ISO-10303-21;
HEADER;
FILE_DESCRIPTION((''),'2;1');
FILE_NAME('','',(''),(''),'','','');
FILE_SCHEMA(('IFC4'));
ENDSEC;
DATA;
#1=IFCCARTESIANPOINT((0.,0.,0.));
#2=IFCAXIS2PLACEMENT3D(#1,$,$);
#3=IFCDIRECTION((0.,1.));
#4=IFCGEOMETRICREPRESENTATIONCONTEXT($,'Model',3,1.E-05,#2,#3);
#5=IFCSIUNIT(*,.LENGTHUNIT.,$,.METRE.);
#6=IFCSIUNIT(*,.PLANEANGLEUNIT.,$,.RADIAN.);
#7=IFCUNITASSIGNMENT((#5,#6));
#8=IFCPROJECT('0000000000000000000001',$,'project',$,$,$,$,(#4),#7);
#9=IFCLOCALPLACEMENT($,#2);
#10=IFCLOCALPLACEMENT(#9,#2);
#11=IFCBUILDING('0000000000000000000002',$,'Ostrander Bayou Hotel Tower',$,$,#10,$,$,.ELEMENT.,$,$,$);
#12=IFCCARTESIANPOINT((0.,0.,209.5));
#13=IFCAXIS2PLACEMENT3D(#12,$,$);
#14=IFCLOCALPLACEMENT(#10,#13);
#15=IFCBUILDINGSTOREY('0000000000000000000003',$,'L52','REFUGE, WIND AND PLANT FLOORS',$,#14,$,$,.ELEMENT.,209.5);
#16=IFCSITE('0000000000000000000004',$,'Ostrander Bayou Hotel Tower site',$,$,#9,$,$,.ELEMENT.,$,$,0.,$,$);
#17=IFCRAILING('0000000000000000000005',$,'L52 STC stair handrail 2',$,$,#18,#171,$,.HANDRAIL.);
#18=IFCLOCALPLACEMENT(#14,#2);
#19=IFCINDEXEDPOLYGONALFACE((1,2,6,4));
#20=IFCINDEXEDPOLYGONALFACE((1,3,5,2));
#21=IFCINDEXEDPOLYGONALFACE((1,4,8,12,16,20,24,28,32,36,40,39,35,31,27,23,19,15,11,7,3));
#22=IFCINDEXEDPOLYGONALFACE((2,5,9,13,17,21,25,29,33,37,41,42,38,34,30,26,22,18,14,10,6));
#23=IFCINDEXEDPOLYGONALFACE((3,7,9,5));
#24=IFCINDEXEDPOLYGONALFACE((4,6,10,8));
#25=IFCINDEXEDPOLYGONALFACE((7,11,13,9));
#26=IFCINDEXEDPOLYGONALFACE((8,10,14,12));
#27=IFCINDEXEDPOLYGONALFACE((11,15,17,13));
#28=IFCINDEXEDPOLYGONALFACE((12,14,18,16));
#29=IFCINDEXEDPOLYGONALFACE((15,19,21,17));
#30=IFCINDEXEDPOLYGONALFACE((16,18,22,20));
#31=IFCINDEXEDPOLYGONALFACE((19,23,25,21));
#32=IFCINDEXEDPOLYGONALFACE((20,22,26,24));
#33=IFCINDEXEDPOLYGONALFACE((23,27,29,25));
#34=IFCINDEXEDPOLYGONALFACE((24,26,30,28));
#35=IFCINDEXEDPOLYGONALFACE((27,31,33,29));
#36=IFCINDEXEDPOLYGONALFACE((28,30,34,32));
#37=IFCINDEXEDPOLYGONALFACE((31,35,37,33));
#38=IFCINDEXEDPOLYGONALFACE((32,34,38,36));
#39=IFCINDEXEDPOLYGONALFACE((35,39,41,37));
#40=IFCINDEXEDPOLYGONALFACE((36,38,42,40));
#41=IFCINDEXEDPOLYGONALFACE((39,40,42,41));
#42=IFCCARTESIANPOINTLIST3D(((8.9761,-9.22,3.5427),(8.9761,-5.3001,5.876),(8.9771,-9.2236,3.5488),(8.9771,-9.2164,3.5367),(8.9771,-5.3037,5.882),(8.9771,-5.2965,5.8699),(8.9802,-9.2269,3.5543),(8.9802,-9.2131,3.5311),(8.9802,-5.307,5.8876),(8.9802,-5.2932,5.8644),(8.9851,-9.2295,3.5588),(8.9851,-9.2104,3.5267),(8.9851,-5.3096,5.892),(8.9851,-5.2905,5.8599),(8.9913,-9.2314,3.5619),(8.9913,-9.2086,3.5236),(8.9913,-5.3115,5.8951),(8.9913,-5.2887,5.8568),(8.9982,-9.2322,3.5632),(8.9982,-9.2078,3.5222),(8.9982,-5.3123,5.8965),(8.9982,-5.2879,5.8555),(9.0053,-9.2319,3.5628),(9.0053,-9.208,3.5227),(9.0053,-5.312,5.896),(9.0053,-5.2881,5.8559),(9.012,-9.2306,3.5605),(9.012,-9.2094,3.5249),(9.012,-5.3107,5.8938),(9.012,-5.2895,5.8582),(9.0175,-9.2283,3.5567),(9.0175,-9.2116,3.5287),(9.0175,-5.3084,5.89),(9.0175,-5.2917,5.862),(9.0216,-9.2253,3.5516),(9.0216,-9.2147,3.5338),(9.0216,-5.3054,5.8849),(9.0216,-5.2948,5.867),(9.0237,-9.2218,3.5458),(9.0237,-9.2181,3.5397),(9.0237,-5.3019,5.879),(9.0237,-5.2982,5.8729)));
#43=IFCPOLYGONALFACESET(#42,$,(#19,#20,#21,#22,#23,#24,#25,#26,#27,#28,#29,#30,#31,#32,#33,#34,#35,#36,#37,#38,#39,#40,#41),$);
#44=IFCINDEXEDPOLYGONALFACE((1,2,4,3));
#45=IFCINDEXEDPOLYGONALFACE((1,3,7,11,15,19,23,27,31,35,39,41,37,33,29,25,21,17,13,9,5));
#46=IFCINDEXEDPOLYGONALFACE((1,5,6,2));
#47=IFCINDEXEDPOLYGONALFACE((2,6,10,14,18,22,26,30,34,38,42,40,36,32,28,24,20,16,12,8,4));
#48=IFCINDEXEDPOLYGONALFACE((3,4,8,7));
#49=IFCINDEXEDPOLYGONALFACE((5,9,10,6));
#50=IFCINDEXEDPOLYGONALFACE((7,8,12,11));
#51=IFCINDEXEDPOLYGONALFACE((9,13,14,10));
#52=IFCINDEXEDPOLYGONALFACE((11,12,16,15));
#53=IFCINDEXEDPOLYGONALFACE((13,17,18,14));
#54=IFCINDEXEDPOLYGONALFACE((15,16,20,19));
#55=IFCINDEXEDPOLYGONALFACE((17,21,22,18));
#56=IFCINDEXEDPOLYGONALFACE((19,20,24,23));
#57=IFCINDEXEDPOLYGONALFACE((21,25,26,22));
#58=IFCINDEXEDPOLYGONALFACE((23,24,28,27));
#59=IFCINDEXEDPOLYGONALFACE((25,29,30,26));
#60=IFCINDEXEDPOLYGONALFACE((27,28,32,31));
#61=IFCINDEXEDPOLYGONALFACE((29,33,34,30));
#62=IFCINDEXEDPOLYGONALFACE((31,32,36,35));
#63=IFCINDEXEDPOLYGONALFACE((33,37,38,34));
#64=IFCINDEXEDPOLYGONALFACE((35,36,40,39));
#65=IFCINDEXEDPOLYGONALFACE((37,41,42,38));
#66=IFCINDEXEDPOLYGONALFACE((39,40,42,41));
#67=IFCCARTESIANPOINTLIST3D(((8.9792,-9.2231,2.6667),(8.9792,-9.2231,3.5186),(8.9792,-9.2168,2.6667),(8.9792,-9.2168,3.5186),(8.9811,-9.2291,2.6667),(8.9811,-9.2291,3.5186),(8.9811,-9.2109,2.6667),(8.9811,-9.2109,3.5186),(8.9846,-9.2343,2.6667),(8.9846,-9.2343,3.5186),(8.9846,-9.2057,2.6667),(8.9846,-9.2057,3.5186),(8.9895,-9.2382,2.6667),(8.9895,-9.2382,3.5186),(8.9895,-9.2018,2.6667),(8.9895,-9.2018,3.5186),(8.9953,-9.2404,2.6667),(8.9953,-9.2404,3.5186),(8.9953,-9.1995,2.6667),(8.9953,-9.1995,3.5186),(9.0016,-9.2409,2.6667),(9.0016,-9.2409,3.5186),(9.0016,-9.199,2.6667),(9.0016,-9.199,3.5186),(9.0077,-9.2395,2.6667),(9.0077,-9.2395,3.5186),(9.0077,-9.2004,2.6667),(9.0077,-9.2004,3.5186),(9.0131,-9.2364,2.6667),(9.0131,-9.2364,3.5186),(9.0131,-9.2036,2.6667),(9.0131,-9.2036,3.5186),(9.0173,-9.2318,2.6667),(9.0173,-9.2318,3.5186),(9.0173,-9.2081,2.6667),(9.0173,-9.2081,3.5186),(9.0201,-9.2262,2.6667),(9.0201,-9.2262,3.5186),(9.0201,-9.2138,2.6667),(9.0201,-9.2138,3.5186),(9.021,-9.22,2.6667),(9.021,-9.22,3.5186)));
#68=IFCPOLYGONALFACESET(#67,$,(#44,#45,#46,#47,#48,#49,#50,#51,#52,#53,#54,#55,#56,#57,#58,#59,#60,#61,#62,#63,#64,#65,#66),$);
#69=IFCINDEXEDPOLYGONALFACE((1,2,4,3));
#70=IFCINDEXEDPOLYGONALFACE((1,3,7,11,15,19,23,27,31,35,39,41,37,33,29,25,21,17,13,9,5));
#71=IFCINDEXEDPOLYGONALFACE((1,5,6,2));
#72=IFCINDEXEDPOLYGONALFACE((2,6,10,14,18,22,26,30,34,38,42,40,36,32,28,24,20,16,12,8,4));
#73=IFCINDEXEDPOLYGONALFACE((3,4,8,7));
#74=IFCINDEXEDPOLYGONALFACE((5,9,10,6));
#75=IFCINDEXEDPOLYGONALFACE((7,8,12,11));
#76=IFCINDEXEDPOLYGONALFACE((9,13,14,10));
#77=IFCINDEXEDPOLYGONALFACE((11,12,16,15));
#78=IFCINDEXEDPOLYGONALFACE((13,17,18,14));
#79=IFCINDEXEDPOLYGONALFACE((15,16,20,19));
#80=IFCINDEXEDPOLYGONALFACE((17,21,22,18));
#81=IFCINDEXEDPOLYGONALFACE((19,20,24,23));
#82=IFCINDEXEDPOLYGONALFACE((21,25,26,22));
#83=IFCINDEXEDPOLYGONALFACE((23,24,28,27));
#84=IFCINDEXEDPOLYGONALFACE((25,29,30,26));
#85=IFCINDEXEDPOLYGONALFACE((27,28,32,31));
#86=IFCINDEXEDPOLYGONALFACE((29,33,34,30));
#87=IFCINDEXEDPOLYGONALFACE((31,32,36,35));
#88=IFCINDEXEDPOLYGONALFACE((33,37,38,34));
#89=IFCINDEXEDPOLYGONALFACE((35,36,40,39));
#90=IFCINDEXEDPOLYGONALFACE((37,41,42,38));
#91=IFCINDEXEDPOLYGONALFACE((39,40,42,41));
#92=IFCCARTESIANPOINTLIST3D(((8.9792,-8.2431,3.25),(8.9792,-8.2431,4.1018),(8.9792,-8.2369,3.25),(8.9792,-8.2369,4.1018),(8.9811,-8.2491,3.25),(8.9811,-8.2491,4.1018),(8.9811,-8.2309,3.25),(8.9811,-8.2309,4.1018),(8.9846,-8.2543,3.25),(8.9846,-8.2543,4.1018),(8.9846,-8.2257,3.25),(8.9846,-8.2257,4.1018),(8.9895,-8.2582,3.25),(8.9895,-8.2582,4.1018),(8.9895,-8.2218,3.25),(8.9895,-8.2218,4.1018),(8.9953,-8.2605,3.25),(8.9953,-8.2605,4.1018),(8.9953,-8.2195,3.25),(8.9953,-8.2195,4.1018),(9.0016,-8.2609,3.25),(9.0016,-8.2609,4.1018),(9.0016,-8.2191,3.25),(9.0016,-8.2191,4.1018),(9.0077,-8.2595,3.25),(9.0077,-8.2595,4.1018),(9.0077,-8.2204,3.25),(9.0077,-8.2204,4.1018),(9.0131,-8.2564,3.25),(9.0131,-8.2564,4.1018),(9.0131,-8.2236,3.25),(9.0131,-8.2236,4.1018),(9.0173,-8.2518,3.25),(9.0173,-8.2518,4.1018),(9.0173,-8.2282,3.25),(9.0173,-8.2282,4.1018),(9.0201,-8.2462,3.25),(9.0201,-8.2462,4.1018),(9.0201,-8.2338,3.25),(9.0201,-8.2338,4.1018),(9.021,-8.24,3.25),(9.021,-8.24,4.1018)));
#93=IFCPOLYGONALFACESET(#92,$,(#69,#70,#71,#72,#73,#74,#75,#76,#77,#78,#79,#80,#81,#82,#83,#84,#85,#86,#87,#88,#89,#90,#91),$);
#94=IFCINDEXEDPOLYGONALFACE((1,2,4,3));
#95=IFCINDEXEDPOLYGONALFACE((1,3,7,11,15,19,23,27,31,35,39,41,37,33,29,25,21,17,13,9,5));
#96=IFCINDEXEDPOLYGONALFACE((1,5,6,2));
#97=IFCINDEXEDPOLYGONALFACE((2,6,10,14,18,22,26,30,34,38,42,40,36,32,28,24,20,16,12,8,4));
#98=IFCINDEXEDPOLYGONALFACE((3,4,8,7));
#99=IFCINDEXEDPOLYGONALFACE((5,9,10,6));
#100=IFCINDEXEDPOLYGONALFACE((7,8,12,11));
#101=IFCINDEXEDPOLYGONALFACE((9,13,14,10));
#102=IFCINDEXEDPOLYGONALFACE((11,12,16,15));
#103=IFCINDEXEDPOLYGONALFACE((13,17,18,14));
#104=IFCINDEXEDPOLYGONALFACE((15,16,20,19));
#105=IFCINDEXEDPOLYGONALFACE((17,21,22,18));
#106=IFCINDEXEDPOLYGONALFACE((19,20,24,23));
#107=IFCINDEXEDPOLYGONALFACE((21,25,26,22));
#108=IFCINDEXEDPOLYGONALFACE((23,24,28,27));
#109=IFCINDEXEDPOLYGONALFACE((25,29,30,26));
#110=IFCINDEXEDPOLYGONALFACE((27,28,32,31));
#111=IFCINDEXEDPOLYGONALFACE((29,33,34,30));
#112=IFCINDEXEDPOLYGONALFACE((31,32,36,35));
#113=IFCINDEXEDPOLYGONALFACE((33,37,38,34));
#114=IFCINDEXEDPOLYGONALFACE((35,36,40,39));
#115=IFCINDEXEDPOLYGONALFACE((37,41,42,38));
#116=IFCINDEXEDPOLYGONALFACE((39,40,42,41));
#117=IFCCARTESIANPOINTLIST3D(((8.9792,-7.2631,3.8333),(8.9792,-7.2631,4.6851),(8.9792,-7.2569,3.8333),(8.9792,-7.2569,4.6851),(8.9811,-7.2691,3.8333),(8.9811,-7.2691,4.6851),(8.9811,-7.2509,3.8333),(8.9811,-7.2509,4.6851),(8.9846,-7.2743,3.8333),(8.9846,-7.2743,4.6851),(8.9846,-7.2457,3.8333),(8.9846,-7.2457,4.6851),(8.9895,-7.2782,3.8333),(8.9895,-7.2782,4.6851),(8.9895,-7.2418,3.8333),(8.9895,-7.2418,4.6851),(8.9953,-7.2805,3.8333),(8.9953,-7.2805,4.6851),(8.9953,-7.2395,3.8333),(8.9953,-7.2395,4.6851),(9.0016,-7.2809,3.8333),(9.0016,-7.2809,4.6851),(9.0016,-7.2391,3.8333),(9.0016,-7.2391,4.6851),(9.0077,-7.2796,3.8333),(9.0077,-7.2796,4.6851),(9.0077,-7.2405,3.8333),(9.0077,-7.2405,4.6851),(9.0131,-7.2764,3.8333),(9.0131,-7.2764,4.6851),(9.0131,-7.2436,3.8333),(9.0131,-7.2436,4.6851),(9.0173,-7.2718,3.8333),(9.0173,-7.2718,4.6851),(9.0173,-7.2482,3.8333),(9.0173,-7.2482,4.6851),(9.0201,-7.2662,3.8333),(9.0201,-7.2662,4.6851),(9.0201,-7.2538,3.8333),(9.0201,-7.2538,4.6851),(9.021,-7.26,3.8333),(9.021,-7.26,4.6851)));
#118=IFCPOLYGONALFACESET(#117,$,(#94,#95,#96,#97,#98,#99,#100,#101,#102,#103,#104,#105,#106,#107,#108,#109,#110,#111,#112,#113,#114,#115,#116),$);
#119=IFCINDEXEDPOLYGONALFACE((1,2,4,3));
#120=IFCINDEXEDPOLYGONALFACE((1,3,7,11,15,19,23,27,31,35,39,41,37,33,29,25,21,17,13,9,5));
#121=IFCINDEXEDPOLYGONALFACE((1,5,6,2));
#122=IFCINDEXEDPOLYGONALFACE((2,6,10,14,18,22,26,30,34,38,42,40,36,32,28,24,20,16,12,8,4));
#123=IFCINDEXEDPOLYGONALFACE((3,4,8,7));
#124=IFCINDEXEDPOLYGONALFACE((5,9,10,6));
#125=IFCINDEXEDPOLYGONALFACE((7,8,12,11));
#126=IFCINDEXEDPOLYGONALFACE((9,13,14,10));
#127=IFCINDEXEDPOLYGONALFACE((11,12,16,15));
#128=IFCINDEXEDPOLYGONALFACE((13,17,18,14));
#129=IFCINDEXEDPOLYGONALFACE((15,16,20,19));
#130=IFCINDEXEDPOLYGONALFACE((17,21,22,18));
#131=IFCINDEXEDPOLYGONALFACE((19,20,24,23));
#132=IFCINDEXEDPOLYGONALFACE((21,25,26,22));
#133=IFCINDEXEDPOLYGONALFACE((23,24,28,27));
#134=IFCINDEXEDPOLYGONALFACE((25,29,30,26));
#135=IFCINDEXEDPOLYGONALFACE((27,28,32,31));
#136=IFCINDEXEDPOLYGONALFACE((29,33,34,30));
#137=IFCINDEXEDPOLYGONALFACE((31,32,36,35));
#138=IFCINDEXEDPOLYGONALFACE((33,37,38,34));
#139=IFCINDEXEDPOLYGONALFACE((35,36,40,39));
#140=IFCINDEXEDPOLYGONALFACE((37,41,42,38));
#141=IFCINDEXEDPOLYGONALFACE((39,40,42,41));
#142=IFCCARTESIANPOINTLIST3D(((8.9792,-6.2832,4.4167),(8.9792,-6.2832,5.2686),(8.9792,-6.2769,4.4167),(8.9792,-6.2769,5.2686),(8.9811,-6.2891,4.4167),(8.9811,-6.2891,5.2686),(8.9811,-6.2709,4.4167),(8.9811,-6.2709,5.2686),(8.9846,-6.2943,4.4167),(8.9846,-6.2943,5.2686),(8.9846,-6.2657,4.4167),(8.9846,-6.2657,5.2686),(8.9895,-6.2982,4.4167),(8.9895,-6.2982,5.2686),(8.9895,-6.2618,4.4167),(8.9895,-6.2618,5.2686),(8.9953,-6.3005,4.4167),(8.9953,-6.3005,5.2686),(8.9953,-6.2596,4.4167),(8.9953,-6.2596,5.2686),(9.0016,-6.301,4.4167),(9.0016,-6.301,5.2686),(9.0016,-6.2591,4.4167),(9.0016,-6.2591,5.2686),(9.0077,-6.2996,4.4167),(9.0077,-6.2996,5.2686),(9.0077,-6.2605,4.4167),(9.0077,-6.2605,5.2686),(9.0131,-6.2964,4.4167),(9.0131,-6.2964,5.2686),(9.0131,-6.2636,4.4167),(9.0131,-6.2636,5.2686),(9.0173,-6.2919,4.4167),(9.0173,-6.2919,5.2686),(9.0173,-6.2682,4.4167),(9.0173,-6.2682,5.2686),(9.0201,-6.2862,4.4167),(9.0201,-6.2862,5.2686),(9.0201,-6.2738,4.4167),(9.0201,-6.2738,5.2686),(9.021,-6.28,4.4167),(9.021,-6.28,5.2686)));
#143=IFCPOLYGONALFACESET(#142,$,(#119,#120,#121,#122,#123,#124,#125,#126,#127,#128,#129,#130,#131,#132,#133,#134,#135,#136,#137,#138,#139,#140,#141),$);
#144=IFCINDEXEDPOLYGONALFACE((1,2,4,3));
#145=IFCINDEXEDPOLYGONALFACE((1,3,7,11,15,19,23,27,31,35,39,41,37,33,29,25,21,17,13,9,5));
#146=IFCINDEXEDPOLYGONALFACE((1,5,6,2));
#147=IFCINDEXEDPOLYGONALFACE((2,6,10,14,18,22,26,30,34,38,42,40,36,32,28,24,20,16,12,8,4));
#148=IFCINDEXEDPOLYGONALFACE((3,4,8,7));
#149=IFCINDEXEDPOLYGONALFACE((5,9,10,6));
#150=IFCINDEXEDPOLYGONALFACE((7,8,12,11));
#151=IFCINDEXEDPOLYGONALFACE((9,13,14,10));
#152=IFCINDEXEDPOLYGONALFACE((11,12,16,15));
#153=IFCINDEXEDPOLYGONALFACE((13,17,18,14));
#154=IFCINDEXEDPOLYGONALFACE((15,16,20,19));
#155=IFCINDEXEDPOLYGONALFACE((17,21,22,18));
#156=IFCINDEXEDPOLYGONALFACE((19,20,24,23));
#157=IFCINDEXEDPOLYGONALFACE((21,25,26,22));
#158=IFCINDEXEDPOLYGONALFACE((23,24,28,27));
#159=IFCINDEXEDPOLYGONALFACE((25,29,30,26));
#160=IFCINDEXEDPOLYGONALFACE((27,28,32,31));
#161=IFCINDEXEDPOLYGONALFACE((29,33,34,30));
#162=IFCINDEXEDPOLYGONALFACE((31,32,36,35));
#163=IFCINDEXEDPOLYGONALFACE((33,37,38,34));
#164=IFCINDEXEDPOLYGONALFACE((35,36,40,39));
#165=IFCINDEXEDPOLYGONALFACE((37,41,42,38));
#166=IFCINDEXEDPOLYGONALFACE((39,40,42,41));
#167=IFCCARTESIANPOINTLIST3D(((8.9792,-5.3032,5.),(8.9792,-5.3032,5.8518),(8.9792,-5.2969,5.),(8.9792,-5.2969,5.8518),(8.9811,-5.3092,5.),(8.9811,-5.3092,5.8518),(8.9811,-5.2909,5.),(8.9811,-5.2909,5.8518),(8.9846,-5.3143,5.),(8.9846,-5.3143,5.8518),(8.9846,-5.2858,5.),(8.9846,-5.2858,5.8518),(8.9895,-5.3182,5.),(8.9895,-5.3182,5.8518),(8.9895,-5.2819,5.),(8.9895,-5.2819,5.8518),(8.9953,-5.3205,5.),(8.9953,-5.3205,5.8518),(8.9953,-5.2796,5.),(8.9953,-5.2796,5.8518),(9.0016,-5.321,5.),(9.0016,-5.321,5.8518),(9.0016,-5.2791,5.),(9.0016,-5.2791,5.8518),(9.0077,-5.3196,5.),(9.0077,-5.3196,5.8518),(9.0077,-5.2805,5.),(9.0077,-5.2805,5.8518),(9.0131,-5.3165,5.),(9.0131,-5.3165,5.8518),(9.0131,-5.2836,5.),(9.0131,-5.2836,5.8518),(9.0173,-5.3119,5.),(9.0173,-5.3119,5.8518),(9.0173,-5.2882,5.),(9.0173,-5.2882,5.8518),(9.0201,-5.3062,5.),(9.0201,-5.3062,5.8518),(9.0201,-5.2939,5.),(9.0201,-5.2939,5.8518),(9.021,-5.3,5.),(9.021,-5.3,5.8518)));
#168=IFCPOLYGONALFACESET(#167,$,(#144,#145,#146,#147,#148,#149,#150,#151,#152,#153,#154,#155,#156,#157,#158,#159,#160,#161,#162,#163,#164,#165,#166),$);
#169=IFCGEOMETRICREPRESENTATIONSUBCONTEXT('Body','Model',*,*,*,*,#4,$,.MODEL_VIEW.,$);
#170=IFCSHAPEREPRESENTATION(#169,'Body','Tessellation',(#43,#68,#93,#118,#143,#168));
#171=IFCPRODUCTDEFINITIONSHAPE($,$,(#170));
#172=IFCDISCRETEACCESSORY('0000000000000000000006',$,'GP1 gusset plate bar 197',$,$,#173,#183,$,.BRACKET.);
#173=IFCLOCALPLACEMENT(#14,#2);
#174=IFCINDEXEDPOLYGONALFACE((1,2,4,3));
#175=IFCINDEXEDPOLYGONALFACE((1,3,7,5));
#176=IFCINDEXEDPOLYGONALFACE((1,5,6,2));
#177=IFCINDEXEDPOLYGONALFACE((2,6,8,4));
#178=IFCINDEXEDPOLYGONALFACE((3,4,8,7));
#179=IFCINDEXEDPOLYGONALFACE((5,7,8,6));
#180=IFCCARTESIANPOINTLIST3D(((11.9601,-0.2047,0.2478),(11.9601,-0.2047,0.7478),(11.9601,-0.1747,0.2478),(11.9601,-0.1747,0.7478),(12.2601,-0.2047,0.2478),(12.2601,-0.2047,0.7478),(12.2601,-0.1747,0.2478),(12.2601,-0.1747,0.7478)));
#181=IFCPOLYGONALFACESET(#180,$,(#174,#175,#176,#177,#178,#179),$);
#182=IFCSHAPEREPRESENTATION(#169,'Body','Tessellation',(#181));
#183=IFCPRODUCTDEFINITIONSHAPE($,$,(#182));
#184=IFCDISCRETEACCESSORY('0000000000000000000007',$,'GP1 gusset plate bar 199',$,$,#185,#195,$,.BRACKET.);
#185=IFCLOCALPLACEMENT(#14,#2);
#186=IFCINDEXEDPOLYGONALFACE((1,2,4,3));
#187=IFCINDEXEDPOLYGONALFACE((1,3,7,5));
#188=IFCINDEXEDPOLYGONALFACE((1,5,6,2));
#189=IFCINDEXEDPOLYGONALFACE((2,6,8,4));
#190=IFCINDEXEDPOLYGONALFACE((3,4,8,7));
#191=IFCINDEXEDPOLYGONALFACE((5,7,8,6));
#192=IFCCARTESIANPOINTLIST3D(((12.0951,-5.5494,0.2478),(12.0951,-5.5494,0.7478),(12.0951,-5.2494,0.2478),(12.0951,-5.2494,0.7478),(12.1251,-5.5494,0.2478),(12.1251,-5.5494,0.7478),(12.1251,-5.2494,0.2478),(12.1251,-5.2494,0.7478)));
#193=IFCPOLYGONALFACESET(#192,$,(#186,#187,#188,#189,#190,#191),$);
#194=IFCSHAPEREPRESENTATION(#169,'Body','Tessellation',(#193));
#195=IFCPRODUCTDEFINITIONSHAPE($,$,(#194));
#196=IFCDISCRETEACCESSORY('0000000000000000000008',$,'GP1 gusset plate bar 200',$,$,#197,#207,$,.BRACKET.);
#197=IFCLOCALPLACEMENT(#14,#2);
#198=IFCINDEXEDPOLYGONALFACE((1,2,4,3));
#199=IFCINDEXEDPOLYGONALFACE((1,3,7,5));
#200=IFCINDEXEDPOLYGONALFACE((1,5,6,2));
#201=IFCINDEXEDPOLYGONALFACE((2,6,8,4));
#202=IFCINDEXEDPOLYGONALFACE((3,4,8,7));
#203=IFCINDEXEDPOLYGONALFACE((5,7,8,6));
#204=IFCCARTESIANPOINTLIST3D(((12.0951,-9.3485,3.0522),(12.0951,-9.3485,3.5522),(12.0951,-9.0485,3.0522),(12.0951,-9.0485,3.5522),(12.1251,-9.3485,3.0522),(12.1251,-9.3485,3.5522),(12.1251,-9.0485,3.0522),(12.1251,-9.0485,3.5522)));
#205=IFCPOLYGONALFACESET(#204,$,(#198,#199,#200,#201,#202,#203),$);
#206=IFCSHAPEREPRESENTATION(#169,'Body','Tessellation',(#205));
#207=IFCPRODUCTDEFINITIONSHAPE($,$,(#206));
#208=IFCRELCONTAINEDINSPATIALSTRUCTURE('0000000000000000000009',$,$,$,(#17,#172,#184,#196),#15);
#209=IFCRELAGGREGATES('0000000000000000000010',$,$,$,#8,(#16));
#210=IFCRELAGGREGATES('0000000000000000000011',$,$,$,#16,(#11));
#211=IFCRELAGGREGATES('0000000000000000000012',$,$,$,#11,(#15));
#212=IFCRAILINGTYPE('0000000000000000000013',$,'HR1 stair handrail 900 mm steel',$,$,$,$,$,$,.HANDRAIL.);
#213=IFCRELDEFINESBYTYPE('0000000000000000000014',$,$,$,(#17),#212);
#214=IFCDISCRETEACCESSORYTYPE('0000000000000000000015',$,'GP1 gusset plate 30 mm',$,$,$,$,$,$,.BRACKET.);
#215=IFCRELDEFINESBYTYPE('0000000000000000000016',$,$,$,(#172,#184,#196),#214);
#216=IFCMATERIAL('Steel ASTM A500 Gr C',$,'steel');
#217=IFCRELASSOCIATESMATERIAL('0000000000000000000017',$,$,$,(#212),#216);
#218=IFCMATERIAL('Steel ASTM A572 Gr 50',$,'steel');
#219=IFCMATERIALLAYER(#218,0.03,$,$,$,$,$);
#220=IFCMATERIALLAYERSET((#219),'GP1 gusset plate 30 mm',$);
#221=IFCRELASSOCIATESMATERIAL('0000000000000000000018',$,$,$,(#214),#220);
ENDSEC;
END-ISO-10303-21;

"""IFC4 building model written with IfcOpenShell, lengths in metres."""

from ifc_helpers import new_model, si_unit, direction, frame, origin, origin_2d, place, context, subcontext, project, spatial, rectangle, circle, extrude, material, layer, layer_set, type_object, element, save


model = new_model("IFC4")

# Units and contexts
model_context = context("Model", 3, precision=1e-05, world=origin(), true_north=direction((0.0, 1.0)))
body_context = subcontext(model_context, "Body", "Model", "MODEL_VIEW")
ifc_project = project(units=[si_unit("LENGTHUNIT", "METRE"), si_unit("PLANEANGLEUNIT", "RADIAN")], contexts=[model_context])

# Site, building, storey
site_placement = place(None, origin())
site = spatial("IfcSite", under=ifc_project, at=site_placement, Name="Ostrander Bayou Hotel Tower site", CompositionType="ELEMENT", RefElevation=0.0)
building_placement = place(site_placement, origin())
building = spatial("IfcBuilding", under=site, at=building_placement, Name="Ostrander Bayou Hotel Tower", CompositionType="ELEMENT")
storey_placement = place(building_placement, frame((0.0, 0.0, 209.5)))
storey = spatial("IfcBuildingStorey", under=building, at=storey_placement, Name="L52", Description="REFUGE, WIND AND PLANT FLOORS", CompositionType="ELEMENT", Elevation=209.5)

# Railing
ifc_material_1 = material(Name="Steel ASTM A500 Gr C", Category="steel")
railing_type_1 = type_object("IfcRailingType", Name="HR1 stair handrail 900 mm steel", PredefinedType="HANDRAIL", material=ifc_material_1)
railing_1_placement = place(storey_placement, frame((9.0, -9.22, 2.6667)))
element("IfcRailing", 1, at=railing_1_placement, inside=storey, type_object=railing_type_1, Name="L52 STC stair handrail 2", PredefinedType="HANDRAIL", context=body_context, shape_type="SweptSolid", body=[
    extrude(circle(Radius=0.0239, at=origin_2d()), frame((0.0, 0.0, 0.876), z_axis=(0.0, 0.859296, 0.511478), x_axis=(-1.0, 0.0, 0.0)), (0.0, 0.0, 1.0), 4.5618),
    extrude(circle(Radius=0.021, at=origin_2d()), origin(), (0.0, 0.0, 1.0), 0.8518),
    extrude(circle(Radius=0.021, at=origin_2d()), frame((0.0, 0.98, 0.5833)), (0.0, 0.0, 1.0), 0.8518),
    extrude(circle(Radius=0.021, at=origin_2d()), frame((0.0, 1.96, 1.1665)), (0.0, 0.0, 1.0), 0.8518),
    extrude(circle(Radius=0.021, at=origin_2d()), frame((0.0, 2.9399, 1.75)), (0.0, 0.0, 1.0), 0.8518),
    extrude(circle(Radius=0.021, at=origin_2d()), frame((0.0, 3.9199, 2.3333)), (0.0, 0.0, 1.0), 0.8518),
])

# Discrete accessories
ifc_material_2 = material(Name="Steel ASTM A572 Gr 50", Category="steel")
ifc_layer_1 = layer(ifc_material_2, 0.03)
ifc_layer_set_1 = layer_set([ifc_layer_1], Name="GP1 gusset plate 30 mm")
discrete_accessory_type = type_object("IfcDiscreteAccessoryType", Name="GP1 gusset plate 30 mm", PredefinedType="BRACKET", material=ifc_layer_set_1)
for number, where, z_axis, x_axis, name in (
    (2, (12.1101, -0.1897, 0.2478), (0.0, 0.0, 1.0), (1.0, 0.0, 0.0), "GP1 gusset plate bar 197"),
    (3, (12.1101, -5.3994, 0.2478), (0.0, 0.0, 1.0), (0.0, -1.0, 0.0), "GP1 gusset plate bar 199"),
    (4, (12.1101, -9.1985, 3.0522), (0.0, 0.0, 1.0), (0.0, -1.0, 0.0), "GP1 gusset plate bar 200"),
):
    element("IfcDiscreteAccessory", number, at=place(storey_placement, frame(where, z_axis=z_axis, x_axis=x_axis)), inside=storey, type_object=discrete_accessory_type, Name=name, PredefinedType="BRACKET", context=body_context, shape_type="SweptSolid", body=[
        extrude(rectangle(XDim=0.3, YDim=0.03, at=origin_2d()), origin(), (0.0, 0.0, 1.0), 0.5),
    ])

save(model, "model.ifc")
